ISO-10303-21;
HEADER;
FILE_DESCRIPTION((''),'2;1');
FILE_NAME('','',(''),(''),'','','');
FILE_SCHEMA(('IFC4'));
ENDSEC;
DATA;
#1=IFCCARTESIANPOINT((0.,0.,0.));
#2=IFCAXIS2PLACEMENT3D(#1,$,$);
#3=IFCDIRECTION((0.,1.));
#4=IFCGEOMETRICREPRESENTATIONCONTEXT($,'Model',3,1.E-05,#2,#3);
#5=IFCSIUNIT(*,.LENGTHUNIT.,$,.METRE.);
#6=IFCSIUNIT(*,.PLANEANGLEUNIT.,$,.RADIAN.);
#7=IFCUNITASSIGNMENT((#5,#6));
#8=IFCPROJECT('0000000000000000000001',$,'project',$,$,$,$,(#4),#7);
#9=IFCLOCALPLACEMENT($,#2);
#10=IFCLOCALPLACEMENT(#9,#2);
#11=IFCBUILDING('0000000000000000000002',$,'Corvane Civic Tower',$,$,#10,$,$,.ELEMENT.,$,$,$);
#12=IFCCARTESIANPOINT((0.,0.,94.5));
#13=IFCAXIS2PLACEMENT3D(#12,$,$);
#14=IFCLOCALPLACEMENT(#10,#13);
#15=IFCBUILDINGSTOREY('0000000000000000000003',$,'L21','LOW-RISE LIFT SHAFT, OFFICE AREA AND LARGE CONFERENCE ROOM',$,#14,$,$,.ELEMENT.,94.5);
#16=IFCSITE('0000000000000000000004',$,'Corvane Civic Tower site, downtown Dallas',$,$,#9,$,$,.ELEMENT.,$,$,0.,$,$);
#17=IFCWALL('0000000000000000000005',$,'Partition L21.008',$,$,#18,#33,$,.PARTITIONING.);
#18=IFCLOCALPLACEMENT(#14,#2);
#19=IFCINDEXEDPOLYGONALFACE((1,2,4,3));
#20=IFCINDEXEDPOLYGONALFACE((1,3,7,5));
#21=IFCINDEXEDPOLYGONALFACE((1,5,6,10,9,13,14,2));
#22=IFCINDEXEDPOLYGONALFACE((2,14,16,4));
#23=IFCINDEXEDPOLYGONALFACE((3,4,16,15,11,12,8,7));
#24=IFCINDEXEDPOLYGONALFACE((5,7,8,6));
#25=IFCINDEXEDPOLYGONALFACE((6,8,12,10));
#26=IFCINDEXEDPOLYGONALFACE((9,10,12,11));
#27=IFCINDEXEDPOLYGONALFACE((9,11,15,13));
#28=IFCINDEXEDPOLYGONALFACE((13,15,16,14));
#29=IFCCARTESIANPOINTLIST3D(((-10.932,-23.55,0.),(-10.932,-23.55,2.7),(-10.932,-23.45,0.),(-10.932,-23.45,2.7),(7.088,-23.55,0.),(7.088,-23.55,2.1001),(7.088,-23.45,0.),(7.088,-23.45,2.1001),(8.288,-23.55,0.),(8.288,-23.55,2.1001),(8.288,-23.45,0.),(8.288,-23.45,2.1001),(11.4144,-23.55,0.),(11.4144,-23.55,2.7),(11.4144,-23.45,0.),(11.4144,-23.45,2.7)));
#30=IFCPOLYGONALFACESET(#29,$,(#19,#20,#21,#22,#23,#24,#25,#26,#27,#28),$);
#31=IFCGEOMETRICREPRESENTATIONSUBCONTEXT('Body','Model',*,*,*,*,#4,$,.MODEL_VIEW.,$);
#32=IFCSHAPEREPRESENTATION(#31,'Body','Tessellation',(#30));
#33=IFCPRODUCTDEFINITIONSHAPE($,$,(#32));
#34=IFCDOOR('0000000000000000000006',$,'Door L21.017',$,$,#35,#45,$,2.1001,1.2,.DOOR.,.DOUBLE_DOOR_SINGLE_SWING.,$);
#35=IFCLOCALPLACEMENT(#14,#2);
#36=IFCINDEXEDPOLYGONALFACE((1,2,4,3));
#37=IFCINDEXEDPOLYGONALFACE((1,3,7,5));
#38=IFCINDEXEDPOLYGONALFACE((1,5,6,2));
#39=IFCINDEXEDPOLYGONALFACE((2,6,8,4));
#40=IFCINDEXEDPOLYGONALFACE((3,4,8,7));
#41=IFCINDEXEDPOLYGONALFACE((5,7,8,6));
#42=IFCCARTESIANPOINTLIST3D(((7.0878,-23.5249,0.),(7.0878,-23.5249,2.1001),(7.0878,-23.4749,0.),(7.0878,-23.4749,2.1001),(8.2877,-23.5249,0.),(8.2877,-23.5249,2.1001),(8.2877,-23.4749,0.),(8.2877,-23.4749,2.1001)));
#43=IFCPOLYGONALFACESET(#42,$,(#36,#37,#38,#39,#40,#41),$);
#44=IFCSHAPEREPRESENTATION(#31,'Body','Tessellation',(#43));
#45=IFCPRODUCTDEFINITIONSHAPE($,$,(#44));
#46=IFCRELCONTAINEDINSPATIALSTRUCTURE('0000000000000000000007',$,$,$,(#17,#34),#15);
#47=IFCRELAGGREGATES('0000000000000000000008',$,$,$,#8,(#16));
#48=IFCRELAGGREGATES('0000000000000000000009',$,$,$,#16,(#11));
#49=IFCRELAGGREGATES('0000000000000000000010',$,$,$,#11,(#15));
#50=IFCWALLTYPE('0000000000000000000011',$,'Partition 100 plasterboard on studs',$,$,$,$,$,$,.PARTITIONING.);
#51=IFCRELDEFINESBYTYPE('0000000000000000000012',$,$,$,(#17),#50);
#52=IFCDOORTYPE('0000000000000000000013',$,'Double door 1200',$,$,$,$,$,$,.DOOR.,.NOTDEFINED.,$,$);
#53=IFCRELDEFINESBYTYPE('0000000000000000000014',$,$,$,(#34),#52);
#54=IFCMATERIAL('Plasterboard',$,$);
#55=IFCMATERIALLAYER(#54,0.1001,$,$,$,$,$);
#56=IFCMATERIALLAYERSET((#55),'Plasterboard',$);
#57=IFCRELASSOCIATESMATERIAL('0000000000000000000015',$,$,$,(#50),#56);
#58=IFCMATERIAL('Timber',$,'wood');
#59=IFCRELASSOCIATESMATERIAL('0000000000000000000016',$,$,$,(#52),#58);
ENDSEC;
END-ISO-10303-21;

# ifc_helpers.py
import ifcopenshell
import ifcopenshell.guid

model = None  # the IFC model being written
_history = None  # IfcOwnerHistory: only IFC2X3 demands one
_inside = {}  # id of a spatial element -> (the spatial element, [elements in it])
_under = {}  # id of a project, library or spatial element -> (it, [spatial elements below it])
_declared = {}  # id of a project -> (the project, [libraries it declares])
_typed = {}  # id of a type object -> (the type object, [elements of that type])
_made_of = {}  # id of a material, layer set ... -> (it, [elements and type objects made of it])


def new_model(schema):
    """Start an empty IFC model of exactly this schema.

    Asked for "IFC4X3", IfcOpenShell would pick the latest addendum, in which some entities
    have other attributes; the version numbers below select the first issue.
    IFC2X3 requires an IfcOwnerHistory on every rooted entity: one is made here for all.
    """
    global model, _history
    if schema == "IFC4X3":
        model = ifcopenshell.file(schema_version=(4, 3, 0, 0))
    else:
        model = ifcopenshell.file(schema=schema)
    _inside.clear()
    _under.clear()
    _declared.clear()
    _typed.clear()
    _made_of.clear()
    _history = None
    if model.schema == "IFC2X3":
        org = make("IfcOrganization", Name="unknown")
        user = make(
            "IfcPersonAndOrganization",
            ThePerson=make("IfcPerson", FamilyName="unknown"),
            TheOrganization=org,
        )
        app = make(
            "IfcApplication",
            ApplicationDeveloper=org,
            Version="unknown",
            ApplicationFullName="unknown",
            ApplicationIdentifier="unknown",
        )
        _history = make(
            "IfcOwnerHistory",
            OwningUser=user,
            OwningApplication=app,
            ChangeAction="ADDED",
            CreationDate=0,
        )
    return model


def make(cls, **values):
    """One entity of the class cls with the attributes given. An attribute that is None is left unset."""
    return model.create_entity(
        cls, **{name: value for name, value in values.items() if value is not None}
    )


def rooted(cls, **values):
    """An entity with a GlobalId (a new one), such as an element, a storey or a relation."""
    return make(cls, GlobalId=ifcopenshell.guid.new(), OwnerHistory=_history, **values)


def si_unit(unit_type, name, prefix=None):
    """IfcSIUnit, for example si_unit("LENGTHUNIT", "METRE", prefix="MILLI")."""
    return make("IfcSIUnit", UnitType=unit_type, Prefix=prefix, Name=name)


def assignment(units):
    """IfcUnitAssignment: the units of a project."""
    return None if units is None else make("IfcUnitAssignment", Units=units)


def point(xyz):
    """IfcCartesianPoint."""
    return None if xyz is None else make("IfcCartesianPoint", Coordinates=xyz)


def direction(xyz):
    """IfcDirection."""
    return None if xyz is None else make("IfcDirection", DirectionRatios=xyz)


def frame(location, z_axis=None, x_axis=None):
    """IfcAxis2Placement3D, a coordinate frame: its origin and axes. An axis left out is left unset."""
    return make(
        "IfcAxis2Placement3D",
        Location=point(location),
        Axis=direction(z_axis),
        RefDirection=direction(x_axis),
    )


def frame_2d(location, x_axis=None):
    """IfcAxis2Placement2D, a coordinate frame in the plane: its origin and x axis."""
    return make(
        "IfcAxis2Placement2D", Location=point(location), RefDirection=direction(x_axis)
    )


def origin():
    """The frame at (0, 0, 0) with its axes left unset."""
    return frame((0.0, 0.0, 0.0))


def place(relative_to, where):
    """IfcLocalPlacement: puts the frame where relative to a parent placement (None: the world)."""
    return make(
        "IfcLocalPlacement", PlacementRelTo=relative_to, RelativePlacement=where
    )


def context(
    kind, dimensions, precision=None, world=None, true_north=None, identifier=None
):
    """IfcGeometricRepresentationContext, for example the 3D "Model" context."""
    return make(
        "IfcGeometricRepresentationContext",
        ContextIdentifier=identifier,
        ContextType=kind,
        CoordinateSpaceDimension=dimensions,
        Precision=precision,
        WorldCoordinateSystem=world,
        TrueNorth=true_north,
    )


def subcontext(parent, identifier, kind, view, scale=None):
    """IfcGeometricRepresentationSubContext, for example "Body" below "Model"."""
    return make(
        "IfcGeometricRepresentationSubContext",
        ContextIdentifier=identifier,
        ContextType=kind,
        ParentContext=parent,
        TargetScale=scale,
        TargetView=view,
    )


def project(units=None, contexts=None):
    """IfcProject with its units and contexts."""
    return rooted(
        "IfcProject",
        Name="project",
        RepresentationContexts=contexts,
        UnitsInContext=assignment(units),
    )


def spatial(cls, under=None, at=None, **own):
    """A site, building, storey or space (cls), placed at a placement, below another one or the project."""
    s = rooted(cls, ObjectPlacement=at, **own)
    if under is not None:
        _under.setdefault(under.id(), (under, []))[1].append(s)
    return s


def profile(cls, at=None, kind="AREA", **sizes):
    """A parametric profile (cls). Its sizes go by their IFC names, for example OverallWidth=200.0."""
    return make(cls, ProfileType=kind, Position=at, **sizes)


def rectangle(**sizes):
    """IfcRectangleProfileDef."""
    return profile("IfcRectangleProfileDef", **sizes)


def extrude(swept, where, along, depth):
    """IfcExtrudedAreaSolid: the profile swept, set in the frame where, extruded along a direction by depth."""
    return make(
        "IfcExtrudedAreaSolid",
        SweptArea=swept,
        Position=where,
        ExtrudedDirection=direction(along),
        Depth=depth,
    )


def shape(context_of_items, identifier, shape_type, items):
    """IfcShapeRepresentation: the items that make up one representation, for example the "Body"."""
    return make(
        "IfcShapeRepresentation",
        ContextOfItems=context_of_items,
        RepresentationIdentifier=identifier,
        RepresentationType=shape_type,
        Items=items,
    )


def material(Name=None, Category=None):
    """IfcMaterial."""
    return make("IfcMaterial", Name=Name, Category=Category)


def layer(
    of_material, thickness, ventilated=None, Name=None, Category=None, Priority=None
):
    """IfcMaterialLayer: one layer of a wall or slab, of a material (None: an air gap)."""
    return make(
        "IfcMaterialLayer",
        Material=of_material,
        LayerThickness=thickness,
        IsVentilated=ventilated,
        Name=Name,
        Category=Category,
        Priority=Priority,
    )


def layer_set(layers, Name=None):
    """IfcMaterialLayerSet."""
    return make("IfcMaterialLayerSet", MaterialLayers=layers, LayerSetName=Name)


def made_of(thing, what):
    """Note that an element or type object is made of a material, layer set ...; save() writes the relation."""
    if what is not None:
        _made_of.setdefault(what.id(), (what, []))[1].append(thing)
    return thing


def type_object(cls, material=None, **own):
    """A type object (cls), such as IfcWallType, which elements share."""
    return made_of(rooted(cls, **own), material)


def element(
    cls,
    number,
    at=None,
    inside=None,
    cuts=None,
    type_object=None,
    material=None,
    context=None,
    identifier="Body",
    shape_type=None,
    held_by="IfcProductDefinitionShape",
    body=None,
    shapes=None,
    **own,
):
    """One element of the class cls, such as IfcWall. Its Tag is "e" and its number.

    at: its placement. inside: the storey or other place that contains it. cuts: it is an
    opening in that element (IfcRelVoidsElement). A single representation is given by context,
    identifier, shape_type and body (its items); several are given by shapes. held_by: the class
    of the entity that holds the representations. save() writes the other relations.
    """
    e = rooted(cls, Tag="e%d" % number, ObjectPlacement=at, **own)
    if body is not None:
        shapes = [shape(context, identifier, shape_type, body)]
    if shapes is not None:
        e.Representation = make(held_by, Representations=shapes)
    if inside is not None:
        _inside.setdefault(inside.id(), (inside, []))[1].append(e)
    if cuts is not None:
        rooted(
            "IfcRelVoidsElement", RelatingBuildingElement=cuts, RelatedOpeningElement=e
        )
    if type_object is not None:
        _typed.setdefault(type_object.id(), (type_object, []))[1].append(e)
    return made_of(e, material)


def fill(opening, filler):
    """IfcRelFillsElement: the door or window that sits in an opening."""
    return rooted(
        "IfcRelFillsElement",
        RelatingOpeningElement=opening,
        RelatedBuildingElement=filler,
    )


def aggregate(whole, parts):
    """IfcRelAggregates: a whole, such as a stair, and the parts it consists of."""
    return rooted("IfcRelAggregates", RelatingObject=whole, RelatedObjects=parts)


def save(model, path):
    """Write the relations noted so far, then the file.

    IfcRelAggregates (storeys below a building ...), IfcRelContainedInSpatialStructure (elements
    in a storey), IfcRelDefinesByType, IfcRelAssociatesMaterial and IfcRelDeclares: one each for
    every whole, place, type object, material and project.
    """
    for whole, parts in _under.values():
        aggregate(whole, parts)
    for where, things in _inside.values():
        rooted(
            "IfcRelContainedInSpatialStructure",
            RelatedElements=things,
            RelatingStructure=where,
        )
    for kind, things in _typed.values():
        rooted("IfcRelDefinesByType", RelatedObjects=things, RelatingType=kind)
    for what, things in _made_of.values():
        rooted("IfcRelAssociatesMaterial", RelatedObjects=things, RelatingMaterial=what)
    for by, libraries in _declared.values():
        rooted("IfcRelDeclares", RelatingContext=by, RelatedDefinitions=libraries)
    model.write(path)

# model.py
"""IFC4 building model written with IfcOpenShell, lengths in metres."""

from ifc_helpers import new_model, si_unit, direction, frame, frame_2d, origin, place, context, subcontext, project, spatial, rectangle, extrude, material, layer, layer_set, type_object, element, fill, save


model = new_model("IFC4")

# Units and contexts
model_context = context("Model", 3, precision=1e-05, world=origin(), true_north=direction((0.0, 1.0)))
body_context = subcontext(model_context, "Body", "Model", "MODEL_VIEW")
ifc_project = project(units=[si_unit("LENGTHUNIT", "METRE"), si_unit("PLANEANGLEUNIT", "RADIAN")], contexts=[model_context])

# Site, building, storey
site_placement = place(None, origin())
site = spatial("IfcSite", under=ifc_project, at=site_placement, Name="Corvane Civic Tower site, downtown Dallas", CompositionType="ELEMENT", RefElevation=0.0)
building_placement = place(site_placement, origin())
building = spatial("IfcBuilding", under=site, at=building_placement, Name="Corvane Civic Tower", CompositionType="ELEMENT")
storey_placement = place(building_placement, frame((0.0, 0.0, 94.5)))
storey = spatial("IfcBuildingStorey", under=building, at=storey_placement, Name="L21", Description="LOW-RISE LIFT SHAFT, OFFICE AREA AND LARGE CONFERENCE ROOM", CompositionType="ELEMENT", Elevation=94.5)

# Shared definitions
ifc_material_1 = material(Name="Plasterboard")
ifc_layer_1 = layer(ifc_material_1, 0.1001)
ifc_layer_set_1 = layer_set([ifc_layer_1], Name="Plasterboard")
wall_type = type_object("IfcWallType", Name="Partition 100 plasterboard on studs", PredefinedType="PARTITIONING", material=ifc_layer_set_1)

# Wall, opening, door
wall_1_placement = place(storey_placement, frame((-10.9321, -23.5, 0.0), z_axis=(0.0, 0.0, 1.0), x_axis=(1.0, 0.0, 0.0)))
wall_1 = element("IfcWall", 1, at=wall_1_placement, inside=storey, type_object=wall_type, Name="Partition L21.008", PredefinedType="PARTITIONING", context=body_context, shape_type="SweptSolid", body=[
    extrude(rectangle(XDim=22.3464, YDim=0.1001, at=frame_2d((11.1733, 0.0))), origin(), (0.0, 0.0, 1.0), 2.7),
])
opening_1_placement = place(wall_1_placement, frame((18.02, 0.0, 0.0)))
opening_1 = element("IfcOpeningElement", 2, at=opening_1_placement, cuts=wall_1, PredefinedType="OPENING", context=body_context, shape_type="SweptSolid", body=[
    extrude(rectangle(XDim=1.2, YDim=2.1001, at=frame_2d((0.6001, 1.05))), frame((0.0, 0.0601, 0.0), z_axis=(0.0, -1.0, 0.0), x_axis=(1.0, 0.0, 0.0)), (0.0, 0.0, 1.0), 0.1201),
])
ifc_material_2 = material(Name="Timber", Category="wood")
door_type_1 = type_object("IfcDoorType", Name="Double door 1200", OperationType="NOTDEFINED", PredefinedType="DOOR", material=ifc_material_2)
door_1_placement = place(opening_1_placement, frame((1.2, 0.0, 0.0), z_axis=(0.0, 0.0, 1.0), x_axis=(-1.0, 0.0, 0.0)))
door_1 = element("IfcDoor", 3, at=door_1_placement, inside=storey, type_object=door_type_1, Name="Door L21.017", OperationType="DOUBLE_DOOR_SINGLE_SWING", OverallHeight=2.1001, OverallWidth=1.2, PredefinedType="DOOR", context=body_context, shape_type="SweptSolid", body=[
    extrude(rectangle(XDim=1.2, YDim=2.1001, at=frame_2d((0.6001, 1.05))), frame((0.0, 0.0249, 0.0), z_axis=(0.0, -1.0, 0.0), x_axis=(1.0, 0.0, 0.0)), (0.0, 0.0, 1.0), 0.05),
])
fill(opening_1, door_1)

save(model, "model.ifc")
